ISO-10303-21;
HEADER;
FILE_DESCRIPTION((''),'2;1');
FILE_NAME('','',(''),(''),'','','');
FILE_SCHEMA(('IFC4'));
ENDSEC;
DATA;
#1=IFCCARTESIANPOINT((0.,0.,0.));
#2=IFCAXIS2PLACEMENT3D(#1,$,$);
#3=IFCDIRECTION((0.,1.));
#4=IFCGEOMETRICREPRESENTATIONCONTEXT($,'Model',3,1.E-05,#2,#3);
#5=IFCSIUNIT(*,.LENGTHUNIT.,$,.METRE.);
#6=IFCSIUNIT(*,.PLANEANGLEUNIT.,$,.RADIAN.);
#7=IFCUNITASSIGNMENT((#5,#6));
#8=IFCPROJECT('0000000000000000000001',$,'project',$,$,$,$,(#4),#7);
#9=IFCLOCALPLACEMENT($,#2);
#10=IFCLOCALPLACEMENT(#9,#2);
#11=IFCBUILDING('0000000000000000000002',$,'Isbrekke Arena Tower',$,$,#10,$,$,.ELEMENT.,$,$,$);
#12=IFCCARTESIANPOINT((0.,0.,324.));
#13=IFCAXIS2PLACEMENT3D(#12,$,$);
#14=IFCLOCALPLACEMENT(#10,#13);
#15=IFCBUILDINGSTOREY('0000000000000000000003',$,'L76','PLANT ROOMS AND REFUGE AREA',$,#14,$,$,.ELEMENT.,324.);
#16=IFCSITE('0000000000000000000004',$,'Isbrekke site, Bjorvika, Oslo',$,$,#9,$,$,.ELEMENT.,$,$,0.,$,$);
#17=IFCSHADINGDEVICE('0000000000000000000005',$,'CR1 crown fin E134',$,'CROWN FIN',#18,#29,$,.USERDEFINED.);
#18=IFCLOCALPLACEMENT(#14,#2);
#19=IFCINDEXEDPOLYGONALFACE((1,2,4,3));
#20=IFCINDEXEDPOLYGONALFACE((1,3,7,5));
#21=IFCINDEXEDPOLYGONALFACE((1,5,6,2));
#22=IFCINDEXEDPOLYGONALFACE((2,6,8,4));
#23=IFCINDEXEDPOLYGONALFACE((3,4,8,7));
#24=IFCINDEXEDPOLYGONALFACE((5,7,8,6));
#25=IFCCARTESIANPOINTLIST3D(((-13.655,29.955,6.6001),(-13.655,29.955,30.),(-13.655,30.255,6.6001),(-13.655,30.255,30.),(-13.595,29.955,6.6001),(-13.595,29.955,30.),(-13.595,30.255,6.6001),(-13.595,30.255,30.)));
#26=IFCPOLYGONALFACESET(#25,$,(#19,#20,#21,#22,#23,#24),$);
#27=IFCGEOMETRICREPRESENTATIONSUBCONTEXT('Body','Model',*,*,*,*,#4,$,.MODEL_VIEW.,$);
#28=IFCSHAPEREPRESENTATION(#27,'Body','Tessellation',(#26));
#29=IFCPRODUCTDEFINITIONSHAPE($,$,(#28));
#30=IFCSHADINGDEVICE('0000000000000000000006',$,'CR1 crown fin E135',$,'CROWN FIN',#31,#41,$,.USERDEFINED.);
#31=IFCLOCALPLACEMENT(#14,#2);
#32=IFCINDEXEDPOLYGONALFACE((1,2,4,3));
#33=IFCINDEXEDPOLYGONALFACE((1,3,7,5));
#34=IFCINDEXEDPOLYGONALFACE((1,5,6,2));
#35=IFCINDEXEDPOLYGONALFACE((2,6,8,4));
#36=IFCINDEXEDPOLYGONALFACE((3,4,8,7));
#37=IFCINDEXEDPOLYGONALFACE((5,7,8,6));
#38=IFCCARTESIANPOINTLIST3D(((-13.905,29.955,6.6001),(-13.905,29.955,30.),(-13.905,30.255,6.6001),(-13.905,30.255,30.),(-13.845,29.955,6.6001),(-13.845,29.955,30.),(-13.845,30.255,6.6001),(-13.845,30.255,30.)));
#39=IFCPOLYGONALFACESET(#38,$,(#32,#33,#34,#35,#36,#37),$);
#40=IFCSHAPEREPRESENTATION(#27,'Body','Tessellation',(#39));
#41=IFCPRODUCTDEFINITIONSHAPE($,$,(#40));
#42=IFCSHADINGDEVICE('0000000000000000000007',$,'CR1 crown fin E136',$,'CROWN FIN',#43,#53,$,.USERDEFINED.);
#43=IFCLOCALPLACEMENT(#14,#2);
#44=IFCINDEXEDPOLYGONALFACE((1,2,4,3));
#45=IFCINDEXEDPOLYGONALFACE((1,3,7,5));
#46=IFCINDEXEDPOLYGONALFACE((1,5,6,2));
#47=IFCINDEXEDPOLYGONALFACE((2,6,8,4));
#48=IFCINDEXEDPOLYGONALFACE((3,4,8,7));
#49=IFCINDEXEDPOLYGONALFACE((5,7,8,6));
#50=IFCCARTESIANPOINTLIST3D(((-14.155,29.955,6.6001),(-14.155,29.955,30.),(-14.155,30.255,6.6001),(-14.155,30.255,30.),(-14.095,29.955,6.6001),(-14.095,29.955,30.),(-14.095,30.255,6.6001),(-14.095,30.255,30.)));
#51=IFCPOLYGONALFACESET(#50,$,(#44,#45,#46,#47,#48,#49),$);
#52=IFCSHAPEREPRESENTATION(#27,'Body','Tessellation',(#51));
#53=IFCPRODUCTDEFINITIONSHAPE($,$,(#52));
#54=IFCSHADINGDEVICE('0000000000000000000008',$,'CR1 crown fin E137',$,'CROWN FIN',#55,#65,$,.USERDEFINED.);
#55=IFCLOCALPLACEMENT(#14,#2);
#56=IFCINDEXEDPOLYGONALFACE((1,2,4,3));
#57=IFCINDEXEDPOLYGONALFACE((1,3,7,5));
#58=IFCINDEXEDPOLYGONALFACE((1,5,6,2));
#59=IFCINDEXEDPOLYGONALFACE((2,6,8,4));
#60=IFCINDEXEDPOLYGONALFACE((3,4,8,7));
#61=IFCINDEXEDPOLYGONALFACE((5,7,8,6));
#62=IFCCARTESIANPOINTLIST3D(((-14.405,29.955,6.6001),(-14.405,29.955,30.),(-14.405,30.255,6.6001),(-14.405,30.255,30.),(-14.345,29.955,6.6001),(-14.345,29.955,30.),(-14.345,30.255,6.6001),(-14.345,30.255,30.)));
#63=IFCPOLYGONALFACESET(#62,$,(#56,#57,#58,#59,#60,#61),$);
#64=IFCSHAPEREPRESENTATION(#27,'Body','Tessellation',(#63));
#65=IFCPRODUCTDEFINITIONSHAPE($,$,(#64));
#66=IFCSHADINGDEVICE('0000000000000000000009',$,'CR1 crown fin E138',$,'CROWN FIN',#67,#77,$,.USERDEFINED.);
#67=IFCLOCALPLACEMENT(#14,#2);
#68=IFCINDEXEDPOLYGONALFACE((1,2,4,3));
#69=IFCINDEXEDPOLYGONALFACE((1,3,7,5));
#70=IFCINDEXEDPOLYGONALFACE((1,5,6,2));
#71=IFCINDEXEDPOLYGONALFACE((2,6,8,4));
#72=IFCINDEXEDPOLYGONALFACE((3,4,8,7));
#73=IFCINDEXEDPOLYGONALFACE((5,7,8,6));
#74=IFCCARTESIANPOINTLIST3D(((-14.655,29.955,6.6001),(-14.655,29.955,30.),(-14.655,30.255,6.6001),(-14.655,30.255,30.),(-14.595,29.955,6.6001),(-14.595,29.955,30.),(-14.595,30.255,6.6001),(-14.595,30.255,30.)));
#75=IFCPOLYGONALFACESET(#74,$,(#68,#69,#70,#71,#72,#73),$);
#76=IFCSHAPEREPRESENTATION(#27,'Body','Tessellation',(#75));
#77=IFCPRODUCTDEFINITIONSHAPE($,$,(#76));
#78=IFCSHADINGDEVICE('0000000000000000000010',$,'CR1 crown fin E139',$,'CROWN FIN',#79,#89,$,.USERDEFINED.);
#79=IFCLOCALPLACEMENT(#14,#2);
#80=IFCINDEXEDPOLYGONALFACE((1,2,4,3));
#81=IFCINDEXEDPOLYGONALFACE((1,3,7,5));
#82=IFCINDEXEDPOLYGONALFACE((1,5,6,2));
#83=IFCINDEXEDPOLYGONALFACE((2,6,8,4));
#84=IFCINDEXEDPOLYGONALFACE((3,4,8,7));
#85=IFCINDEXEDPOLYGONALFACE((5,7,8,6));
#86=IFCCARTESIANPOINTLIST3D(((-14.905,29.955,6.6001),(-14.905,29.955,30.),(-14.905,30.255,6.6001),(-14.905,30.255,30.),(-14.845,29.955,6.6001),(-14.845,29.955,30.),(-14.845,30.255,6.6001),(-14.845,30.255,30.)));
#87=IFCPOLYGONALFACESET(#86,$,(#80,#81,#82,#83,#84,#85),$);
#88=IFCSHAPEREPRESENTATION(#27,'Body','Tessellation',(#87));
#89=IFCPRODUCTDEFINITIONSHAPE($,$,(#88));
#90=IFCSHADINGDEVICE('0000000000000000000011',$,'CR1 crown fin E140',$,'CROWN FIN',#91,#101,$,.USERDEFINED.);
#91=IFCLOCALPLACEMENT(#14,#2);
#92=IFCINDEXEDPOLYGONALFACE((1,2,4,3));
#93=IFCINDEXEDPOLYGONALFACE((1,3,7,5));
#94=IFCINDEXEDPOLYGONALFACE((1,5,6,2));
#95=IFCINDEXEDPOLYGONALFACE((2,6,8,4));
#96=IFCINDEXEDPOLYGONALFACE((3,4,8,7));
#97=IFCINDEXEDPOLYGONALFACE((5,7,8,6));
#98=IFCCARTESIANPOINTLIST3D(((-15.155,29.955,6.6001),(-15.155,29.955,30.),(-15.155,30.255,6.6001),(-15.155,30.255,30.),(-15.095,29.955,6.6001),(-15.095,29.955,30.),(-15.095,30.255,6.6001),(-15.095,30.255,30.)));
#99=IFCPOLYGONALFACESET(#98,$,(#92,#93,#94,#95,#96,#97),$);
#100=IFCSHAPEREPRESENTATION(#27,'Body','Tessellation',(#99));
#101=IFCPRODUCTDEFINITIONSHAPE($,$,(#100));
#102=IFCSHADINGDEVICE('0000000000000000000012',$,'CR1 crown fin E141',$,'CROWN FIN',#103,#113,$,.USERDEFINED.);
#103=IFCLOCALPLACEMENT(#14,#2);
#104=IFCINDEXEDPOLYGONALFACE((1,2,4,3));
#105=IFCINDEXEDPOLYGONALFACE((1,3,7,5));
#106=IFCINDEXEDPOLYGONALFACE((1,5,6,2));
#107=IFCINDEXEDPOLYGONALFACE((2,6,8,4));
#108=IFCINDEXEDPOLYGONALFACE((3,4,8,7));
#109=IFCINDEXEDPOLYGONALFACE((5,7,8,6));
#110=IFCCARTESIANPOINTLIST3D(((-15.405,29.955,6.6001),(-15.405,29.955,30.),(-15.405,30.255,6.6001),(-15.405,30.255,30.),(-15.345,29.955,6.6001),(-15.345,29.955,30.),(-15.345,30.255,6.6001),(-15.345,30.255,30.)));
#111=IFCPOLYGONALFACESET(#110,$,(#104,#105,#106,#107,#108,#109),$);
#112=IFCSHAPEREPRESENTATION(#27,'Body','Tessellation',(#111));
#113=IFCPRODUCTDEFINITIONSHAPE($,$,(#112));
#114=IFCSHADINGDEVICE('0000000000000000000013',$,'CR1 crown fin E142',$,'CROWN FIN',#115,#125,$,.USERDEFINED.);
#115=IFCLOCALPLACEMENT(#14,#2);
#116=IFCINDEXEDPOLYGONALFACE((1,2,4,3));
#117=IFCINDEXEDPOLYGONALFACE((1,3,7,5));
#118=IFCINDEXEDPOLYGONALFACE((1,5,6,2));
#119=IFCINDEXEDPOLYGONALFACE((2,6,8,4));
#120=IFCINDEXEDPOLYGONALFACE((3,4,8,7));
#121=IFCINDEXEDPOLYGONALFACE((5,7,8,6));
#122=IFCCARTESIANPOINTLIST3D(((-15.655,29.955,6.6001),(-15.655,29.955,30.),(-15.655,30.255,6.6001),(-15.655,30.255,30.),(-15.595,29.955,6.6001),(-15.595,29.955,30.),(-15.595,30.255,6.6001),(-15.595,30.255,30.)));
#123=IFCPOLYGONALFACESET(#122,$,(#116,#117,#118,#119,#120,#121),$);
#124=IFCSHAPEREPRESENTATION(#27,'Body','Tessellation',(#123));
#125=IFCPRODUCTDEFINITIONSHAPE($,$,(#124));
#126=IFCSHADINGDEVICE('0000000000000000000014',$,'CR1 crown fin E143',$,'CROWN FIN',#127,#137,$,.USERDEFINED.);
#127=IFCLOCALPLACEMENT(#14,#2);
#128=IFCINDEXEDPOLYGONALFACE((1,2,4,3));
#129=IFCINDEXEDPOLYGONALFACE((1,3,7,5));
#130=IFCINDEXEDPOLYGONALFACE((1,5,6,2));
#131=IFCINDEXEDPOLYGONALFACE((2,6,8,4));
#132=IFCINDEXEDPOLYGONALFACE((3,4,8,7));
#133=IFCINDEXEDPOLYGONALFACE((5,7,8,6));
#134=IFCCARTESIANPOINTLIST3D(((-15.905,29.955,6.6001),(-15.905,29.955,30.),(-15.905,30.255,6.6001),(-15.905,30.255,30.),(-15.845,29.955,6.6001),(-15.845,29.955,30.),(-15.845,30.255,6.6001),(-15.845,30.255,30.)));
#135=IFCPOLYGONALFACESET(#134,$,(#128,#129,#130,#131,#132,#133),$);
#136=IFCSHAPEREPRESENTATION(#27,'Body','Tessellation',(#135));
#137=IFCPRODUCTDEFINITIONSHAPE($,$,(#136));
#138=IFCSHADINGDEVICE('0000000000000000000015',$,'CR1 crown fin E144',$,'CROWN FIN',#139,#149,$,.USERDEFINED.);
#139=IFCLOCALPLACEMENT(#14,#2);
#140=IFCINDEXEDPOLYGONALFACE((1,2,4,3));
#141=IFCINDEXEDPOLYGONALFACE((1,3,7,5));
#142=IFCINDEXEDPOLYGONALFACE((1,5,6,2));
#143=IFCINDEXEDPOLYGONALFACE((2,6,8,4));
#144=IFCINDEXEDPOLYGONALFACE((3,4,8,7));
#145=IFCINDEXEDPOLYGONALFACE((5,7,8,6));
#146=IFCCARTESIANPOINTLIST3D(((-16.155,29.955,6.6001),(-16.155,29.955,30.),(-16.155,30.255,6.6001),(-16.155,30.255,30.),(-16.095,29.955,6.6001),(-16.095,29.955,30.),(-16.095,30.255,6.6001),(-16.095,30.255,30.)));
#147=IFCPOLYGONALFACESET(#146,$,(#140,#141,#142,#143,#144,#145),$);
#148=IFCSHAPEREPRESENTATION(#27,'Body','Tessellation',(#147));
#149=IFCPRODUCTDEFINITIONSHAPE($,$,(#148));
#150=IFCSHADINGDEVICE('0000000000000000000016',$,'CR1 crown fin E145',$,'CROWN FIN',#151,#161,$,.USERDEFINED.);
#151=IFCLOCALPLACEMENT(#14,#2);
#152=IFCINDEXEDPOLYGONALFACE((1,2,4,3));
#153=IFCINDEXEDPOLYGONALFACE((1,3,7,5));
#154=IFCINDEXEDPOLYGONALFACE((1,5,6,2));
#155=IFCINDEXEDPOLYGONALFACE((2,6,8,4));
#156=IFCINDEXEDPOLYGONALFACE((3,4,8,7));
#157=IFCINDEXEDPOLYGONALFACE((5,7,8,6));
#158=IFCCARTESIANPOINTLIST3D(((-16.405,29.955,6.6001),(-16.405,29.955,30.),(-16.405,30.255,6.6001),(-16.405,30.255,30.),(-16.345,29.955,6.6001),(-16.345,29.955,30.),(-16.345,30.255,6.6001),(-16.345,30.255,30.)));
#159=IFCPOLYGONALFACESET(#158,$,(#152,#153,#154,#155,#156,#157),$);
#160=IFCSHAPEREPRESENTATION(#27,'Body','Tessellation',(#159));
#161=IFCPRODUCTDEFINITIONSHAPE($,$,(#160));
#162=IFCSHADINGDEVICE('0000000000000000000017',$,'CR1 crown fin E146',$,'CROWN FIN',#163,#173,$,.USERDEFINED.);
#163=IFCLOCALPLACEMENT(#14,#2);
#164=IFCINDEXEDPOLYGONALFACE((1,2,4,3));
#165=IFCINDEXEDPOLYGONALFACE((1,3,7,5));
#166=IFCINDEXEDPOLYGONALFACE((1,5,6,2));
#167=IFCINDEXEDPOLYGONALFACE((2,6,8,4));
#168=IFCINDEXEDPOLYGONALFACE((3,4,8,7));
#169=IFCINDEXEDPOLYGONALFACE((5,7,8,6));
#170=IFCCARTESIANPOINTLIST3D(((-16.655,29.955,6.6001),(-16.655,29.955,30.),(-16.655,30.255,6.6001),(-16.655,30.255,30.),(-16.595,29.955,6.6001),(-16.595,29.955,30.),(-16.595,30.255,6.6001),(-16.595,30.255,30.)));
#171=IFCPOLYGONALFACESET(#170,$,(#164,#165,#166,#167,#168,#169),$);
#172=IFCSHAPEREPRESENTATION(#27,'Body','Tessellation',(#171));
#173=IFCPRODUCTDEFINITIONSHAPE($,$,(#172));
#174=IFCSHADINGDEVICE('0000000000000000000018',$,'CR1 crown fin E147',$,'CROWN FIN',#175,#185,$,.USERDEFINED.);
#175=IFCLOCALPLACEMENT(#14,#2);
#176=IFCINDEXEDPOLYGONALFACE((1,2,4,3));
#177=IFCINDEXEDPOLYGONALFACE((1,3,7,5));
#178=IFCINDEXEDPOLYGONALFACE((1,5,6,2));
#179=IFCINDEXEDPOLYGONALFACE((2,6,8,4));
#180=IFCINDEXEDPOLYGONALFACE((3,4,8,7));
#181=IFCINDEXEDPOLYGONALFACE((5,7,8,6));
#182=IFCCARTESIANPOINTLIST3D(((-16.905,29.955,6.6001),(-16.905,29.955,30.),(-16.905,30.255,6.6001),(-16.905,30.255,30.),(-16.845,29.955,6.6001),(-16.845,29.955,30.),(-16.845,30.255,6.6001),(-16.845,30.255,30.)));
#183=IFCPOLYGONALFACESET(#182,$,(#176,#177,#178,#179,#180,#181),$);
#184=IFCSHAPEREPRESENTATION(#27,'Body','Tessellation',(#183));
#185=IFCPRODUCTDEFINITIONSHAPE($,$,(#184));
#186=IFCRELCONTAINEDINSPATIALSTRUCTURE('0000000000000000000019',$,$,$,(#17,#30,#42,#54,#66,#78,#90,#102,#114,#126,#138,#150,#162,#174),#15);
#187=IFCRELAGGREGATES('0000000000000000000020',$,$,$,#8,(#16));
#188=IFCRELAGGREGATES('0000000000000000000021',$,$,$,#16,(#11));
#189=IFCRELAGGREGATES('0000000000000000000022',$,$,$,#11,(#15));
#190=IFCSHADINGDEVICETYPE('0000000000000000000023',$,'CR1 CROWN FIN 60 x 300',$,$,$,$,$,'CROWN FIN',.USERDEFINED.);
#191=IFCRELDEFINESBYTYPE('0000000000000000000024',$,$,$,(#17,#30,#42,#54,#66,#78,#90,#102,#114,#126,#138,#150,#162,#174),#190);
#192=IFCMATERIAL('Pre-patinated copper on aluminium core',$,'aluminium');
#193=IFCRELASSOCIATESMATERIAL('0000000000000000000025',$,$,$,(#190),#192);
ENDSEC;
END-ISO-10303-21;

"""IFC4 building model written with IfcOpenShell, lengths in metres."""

from ifc_helpers import new_model, si_unit, direction, frame, origin, origin_2d, place, context, subcontext, project, spatial, rectangle, extrude, material, material_profile, profile_set, type_object, element, save


model = new_model("IFC4")

# Units and contexts
model_context = context("Model", 3, precision=1e-05, world=origin(), true_north=direction((0.0, 1.0)))
body_context = subcontext(model_context, "Body", "Model", "MODEL_VIEW")
ifc_project = project(units=[si_unit("LENGTHUNIT", "METRE"), si_unit("PLANEANGLEUNIT", "RADIAN")], contexts=[model_context])

# Site, building, storey
site_placement = place(None, origin())
site = spatial("IfcSite", under=ifc_project, at=site_placement, Name="Isbrekke site, Bjorvika, Oslo", CompositionType="ELEMENT", RefElevation=0.0)
building_placement = place(site_placement, origin())
building = spatial("IfcBuilding", under=site, at=building_placement, Name="Isbrekke Arena Tower", CompositionType="ELEMENT")
storey_placement = place(building_placement, frame((0.0, 0.0, 324.0)))
storey = spatial("IfcBuildingStorey", under=building, at=storey_placement, Name="L76", Description="PLANT ROOMS AND REFUGE AREA", CompositionType="ELEMENT", Elevation=324.0)

# Shading devices
ifc_material = material(Name="Pre-patinated copper on aluminium core", Category="aluminium")
ifc_material_profile = material_profile(ifc_material, rectangle(XDim=0.0601, YDim=0.3, at=origin_2d()), Name="FIN 60X300")
ifc_profile_set = profile_set([ifc_material_profile], Name="Pre-patinated copper on aluminium core")
shading_device_type = type_object("IfcShadingDeviceType", Name="CR1 CROWN FIN 60 x 300", ElementType="CROWN FIN", PredefinedType="USERDEFINED", material=ifc_profile_set)
for number, where, z_axis, x_axis, name in (
    (1, (-13.625, 30.105, 6.6001), (0.0, 0.0, 1.0), (-1.0, 0.0, 0.0), "CR1 crown fin E134"),
    (2, (-13.875, 30.105, 6.6001), (0.0, 0.0, 1.0), (-1.0, 0.0, 0.0), "CR1 crown fin E135"),
    (3, (-14.125, 30.105, 6.6001), (0.0, 0.0, 1.0), (-1.0, 0.0, 0.0), "CR1 crown fin E136"),
    (4, (-14.375, 30.105, 6.6001), (0.0, 0.0, 1.0), (-1.0, 0.0, 0.0), "CR1 crown fin E137"),
    (5, (-14.625, 30.105, 6.6001), (0.0, 0.0, 1.0), (-1.0, 0.0, 0.0), "CR1 crown fin E138"),
    (6, (-14.875, 30.105, 6.6001), (0.0, 0.0, 1.0), (-1.0, 0.0, 0.0), "CR1 crown fin E139"),
    (7, (-15.125, 30.105, 6.6001), (0.0, 0.0, 1.0), (-1.0, 0.0, 0.0), "CR1 crown fin E140"),
    (8, (-15.375, 30.105, 6.6001), (0.0, 0.0, 1.0), (-1.0, 0.0, 0.0), "CR1 crown fin E141"),
    (9, (-15.625, 30.105, 6.6001), (0.0, 0.0, 1.0), (-1.0, 0.0, 0.0), "CR1 crown fin E142"),
    (10, (-15.875, 30.105, 6.6001), (0.0, 0.0, 1.0), (-1.0, 0.0, 0.0), "CR1 crown fin E143"),
    (11, (-16.125, 30.105, 6.6001), (0.0, 0.0, 1.0), (-1.0, 0.0, 0.0), "CR1 crown fin E144"),
    (12, (-16.375, 30.105, 6.6001), (0.0, 0.0, 1.0), (-1.0, 0.0, 0.0), "CR1 crown fin E145"),
    (13, (-16.625, 30.105, 6.6001), (0.0, 0.0, 1.0), (-1.0, 0.0, 0.0), "CR1 crown fin E146"),
    (14, (-16.875, 30.105, 6.6001), (0.0, 0.0, 1.0), (-1.0, 0.0, 0.0), "CR1 crown fin E147"),
):
    element("IfcShadingDevice", number, at=place(storey_placement, frame(where, z_axis=z_axis, x_axis=x_axis)), inside=storey, type_object=shading_device_type, Name=name, ObjectType="CROWN FIN", PredefinedType="USERDEFINED", context=body_context, shape_type="SweptSolid", body=[
        extrude(rectangle(XDim=0.0601, YDim=0.3, at=origin_2d()), origin(), (0.0, 0.0, 1.0), 23.3999),
    ])

save(model, "model.ifc")
